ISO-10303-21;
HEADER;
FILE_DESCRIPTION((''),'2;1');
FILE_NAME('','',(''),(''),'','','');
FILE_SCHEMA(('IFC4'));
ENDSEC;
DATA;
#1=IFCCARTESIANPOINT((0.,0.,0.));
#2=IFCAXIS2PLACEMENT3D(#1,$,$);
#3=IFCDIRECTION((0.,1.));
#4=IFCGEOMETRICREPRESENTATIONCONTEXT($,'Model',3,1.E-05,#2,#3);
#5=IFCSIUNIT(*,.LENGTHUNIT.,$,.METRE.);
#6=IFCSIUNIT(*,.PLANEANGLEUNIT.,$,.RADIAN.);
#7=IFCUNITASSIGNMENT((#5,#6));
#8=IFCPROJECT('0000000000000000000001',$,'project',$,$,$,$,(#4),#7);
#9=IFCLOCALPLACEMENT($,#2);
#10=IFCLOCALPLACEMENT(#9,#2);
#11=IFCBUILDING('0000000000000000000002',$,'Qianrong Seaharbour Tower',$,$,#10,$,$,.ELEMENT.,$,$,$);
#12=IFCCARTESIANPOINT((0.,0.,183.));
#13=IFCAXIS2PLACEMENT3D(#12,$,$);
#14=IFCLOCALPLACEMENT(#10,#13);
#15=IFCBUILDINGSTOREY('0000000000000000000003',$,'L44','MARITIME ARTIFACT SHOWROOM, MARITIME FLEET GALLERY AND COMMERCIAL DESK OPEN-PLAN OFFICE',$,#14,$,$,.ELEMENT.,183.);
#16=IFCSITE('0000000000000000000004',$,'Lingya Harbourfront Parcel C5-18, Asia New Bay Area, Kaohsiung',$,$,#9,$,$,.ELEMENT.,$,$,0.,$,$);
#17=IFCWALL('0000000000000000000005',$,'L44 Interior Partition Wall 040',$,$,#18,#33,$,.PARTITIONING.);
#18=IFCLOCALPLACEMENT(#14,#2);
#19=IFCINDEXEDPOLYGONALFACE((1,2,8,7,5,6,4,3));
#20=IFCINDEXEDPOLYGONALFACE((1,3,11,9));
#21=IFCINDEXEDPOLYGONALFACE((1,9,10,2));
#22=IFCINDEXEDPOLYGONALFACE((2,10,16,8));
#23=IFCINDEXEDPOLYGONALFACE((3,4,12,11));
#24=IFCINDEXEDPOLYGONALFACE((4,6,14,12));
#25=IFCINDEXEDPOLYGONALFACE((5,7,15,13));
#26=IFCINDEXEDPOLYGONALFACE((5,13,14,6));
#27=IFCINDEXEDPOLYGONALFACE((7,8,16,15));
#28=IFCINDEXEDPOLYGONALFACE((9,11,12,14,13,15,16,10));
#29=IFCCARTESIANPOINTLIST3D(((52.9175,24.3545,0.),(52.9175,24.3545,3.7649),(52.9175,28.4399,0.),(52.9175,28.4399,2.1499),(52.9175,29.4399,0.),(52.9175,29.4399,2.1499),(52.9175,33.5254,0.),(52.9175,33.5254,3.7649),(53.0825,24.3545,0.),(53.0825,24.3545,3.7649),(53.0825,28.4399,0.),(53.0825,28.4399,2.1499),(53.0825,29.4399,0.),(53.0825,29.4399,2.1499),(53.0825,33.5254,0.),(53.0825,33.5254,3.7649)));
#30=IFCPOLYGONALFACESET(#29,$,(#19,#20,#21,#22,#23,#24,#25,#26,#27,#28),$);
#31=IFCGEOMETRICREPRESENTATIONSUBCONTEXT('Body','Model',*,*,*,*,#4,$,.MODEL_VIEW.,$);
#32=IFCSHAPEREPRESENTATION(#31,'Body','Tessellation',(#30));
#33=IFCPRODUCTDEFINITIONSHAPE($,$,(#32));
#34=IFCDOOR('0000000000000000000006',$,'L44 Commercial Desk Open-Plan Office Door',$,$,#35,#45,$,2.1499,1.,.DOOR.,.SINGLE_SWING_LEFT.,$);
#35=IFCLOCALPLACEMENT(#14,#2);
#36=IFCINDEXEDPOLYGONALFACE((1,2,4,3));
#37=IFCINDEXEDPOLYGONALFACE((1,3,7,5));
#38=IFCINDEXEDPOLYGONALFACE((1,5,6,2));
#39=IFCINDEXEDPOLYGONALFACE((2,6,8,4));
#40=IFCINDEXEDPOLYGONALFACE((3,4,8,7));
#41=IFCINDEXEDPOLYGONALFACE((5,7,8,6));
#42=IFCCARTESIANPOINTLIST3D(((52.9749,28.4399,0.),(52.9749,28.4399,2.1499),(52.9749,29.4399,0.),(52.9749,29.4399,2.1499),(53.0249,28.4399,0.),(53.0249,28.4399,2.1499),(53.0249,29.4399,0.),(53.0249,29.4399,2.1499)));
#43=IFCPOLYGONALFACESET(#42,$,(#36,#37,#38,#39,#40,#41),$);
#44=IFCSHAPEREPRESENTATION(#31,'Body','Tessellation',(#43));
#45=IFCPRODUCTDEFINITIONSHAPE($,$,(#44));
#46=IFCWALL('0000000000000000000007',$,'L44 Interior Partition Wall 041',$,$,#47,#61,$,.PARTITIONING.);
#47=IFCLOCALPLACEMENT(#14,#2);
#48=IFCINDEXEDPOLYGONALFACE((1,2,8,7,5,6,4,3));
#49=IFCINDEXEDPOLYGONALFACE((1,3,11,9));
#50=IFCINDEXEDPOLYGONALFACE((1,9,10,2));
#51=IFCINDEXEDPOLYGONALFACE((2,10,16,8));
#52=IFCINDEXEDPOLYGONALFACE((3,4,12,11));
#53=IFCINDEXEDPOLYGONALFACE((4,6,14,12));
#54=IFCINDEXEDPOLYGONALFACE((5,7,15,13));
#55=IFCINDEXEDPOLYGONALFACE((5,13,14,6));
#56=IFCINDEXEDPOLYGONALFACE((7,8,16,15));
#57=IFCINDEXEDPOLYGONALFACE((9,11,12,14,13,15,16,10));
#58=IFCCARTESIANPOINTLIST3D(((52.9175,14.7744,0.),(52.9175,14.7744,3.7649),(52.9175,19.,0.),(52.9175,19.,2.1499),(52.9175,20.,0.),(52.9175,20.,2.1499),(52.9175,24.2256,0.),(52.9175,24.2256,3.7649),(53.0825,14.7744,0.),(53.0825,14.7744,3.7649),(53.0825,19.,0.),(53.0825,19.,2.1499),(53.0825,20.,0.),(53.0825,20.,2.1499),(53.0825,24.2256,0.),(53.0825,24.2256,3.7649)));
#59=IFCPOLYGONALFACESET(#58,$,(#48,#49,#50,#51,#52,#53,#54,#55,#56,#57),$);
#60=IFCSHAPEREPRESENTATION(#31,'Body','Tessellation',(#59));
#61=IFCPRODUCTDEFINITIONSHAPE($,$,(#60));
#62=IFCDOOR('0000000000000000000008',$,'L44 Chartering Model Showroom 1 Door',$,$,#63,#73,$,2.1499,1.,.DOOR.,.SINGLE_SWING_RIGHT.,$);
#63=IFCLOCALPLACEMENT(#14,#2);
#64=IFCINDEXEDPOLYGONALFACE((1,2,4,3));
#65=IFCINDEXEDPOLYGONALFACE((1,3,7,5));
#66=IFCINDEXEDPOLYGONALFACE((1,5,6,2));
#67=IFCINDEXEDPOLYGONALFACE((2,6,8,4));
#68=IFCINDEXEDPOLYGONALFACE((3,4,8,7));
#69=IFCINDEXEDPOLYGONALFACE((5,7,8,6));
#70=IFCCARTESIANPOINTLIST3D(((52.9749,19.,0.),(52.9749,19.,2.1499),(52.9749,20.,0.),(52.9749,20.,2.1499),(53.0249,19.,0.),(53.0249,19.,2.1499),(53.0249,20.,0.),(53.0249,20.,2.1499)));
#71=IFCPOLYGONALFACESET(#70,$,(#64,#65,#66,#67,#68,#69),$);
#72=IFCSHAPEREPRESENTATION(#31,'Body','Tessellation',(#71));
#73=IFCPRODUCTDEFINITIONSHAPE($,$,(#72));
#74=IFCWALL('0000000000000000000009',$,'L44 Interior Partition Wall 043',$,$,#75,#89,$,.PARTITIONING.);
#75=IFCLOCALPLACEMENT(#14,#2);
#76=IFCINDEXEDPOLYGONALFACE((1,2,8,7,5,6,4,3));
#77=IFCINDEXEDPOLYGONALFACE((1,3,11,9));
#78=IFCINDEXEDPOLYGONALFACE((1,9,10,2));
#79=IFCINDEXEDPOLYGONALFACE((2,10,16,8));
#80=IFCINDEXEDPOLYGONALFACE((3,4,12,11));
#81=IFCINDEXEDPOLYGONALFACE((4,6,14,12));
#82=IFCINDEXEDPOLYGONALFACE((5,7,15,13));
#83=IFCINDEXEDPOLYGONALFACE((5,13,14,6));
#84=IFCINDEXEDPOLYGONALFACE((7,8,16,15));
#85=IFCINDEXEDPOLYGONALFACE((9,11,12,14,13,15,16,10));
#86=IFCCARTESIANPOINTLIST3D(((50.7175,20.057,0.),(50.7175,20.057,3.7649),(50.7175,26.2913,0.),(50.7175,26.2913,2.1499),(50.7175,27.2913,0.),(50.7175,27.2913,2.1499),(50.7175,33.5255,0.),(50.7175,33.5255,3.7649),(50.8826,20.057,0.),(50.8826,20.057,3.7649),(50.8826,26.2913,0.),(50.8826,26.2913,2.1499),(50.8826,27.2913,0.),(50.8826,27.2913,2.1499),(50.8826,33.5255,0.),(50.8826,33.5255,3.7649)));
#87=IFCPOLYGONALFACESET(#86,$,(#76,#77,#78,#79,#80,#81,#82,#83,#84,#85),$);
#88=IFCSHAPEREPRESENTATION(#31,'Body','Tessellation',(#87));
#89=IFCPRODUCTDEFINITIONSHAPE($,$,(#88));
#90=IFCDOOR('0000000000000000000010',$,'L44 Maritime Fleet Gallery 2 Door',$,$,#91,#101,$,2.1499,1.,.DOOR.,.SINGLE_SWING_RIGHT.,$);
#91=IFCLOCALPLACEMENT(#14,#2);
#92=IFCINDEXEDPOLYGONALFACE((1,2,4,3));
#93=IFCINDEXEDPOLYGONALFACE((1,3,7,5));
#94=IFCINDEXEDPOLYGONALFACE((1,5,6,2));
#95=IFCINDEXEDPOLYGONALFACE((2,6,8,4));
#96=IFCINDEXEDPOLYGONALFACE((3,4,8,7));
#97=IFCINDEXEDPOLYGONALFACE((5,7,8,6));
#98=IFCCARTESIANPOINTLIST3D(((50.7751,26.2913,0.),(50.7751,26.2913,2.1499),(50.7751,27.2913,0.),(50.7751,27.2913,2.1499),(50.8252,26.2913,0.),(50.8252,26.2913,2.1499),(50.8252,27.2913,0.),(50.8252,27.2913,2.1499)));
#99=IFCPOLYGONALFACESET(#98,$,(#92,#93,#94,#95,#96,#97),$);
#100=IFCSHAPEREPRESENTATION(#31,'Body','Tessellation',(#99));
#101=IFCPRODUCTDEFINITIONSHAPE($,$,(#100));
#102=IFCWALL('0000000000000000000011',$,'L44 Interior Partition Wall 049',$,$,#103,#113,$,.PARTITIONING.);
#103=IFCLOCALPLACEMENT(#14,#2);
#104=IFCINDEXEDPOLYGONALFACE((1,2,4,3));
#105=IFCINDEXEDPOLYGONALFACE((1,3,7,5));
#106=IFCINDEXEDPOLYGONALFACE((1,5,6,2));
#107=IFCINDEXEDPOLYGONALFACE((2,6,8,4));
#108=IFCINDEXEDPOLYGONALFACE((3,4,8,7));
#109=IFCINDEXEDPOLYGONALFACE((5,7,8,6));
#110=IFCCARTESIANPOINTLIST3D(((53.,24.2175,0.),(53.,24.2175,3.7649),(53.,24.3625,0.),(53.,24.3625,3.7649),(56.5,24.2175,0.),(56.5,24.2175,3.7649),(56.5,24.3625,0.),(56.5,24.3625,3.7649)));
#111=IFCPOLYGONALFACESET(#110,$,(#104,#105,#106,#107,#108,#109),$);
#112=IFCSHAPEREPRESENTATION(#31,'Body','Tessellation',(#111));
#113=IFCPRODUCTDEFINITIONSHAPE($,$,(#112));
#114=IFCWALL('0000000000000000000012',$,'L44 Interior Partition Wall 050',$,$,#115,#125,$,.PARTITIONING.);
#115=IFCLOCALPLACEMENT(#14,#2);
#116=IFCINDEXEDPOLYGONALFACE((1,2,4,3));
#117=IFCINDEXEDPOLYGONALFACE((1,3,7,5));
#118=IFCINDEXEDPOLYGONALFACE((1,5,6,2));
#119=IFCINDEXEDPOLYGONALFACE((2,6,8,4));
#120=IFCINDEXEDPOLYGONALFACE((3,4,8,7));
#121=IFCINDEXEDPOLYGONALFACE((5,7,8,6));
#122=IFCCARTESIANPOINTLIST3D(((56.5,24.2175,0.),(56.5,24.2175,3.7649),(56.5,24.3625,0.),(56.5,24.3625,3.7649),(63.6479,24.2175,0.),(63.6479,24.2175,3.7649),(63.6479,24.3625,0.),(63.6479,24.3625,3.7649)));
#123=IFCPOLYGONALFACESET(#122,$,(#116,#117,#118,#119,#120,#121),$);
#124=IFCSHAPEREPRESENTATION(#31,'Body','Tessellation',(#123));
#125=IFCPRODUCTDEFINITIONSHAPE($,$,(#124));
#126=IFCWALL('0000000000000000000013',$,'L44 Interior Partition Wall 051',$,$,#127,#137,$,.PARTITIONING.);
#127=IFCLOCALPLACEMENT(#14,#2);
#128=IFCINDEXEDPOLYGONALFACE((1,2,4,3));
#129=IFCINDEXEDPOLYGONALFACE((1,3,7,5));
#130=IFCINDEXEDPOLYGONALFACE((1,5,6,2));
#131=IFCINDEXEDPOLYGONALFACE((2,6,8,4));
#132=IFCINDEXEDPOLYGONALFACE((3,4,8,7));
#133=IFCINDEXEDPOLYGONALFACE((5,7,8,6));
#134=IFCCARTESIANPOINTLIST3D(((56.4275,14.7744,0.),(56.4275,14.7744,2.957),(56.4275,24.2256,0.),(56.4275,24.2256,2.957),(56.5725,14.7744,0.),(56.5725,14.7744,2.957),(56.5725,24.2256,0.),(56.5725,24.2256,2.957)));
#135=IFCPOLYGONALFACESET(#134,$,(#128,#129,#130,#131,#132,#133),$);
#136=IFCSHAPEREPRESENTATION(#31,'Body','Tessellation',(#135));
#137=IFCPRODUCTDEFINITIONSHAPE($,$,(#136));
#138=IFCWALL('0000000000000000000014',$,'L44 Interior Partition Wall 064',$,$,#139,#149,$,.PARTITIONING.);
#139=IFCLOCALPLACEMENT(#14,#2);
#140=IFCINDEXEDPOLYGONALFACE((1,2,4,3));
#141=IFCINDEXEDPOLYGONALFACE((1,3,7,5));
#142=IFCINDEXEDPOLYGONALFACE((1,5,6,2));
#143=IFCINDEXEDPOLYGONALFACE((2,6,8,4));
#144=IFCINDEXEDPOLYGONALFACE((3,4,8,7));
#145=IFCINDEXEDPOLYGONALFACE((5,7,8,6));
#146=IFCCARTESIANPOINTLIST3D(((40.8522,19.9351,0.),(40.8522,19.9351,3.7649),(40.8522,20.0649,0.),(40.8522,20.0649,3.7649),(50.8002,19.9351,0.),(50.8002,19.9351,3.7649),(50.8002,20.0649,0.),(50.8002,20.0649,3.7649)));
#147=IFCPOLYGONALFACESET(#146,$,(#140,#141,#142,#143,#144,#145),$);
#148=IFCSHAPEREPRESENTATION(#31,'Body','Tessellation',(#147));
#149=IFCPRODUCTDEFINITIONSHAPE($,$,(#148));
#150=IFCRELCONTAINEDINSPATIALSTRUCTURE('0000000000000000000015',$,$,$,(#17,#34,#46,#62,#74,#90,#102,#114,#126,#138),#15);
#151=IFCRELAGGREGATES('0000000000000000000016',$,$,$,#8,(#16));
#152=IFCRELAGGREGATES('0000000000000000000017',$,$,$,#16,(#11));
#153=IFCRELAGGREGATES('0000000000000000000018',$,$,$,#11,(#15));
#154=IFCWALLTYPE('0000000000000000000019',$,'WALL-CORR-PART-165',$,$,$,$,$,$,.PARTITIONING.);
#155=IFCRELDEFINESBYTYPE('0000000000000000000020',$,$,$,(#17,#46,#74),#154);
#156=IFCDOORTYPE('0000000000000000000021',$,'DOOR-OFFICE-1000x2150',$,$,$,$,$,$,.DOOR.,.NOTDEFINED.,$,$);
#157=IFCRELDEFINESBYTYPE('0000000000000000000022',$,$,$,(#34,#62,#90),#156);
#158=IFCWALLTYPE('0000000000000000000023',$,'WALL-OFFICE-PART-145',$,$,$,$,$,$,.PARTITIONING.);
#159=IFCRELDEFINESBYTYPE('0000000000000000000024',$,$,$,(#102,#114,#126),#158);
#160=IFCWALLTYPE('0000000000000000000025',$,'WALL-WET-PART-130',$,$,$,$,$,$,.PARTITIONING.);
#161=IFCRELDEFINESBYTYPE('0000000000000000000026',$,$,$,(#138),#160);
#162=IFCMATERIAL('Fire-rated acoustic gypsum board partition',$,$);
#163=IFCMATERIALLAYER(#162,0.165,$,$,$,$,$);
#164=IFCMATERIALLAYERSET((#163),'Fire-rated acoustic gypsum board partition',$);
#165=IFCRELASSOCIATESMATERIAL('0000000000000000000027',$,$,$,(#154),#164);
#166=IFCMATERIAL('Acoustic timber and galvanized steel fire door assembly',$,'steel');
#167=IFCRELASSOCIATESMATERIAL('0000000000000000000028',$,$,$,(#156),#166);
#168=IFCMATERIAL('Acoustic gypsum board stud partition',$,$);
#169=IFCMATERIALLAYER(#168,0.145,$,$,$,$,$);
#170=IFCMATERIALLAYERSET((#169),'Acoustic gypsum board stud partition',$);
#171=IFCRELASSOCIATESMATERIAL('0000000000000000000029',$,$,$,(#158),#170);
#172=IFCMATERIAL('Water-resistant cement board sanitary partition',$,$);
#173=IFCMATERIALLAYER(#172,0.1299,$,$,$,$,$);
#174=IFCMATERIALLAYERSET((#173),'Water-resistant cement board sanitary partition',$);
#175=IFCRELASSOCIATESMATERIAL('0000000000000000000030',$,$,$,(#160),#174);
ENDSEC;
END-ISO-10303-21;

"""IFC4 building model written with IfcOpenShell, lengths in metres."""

from ifc_helpers import new_model, si_unit, direction, frame, frame_2d, origin, place, context, subcontext, project, spatial, rectangle, extrude, material, layer, layer_set, type_object, element, fill, save


model = new_model("IFC4")

# Units and contexts
model_context = context("Model", 3, precision=1e-05, world=origin(), true_north=direction((0.0, 1.0)))
body_context = subcontext(model_context, "Body", "Model", "MODEL_VIEW")
ifc_project = project(units=[si_unit("LENGTHUNIT", "METRE"), si_unit("PLANEANGLEUNIT", "RADIAN")], contexts=[model_context])

# Site, building, storey
site_placement = place(None, origin())
site = spatial("IfcSite", under=ifc_project, at=site_placement, Name="Lingya Harbourfront Parcel C5-18, Asia New Bay Area, Kaohsiung", CompositionType="ELEMENT", RefElevation=0.0)
building_placement = place(site_placement, origin())
building = spatial("IfcBuilding", under=site, at=building_placement, Name="Qianrong Seaharbour Tower", CompositionType="ELEMENT")
storey_placement = place(building_placement, frame((0.0, 0.0, 183.0)))
storey = spatial("IfcBuildingStorey", under=building, at=storey_placement, Name="L44", Description="MARITIME ARTIFACT SHOWROOM, MARITIME FLEET GALLERY AND COMMERCIAL DESK OPEN-PLAN OFFICE", CompositionType="ELEMENT", Elevation=183.0)

# Shared definitions
ifc_material_1 = material(Name="Fire-rated acoustic gypsum board partition")
ifc_layer_1 = layer(ifc_material_1, 0.165)
ifc_layer_set_1 = layer_set([ifc_layer_1], Name="Fire-rated acoustic gypsum board partition")
wall_type_1 = type_object("IfcWallType", Name="WALL-CORR-PART-165", PredefinedType="PARTITIONING", material=ifc_layer_set_1)

# Walls, openings, doors
wall_1_placement = place(storey_placement, frame((53.0, 33.5254, 0.0), z_axis=(0.0, 0.0, 1.0), x_axis=(0.0, -1.0, 0.0)))
wall_1 = element("IfcWall", 1, at=wall_1_placement, inside=storey, type_object=wall_type_1, Name="L44 Interior Partition Wall 040", PredefinedType="PARTITIONING", context=body_context, shape_type="SweptSolid", body=[
    extrude(rectangle(XDim=9.1709, YDim=0.165, at=frame_2d((4.5854, 0.0))), origin(), (0.0, 0.0, 1.0), 3.7649),
])
opening_1_placement = place(wall_1_placement, frame((4.0854, 0.0, 0.0)))
opening_1 = element("IfcOpeningElement", 2, at=opening_1_placement, cuts=wall_1, PredefinedType="OPENING", context=body_context, shape_type="SweptSolid", body=[
    extrude(rectangle(XDim=1.0, YDim=2.1499, at=frame_2d((0.5, 1.075))), frame((0.0, 0.0925, 0.0), z_axis=(0.0, -1.0, 0.0), x_axis=(1.0, 0.0, 0.0)), (0.0, 0.0, 1.0), 0.1851),
])
ifc_material_2 = material(Name="Acoustic timber and galvanized steel fire door assembly", Category="steel")
door_type = type_object("IfcDoorType", Name="DOOR-OFFICE-1000x2150", OperationType="NOTDEFINED", PredefinedType="DOOR", material=ifc_material_2)
door_1_placement = place(opening_1_placement, origin())
door_1 = element("IfcDoor", 3, at=door_1_placement, inside=storey, type_object=door_type, Name="L44 Commercial Desk Open-Plan Office Door", OperationType="SINGLE_SWING_LEFT", OverallHeight=2.1499, OverallWidth=1.0, PredefinedType="DOOR", context=body_context, shape_type="SweptSolid", body=[
    extrude(rectangle(XDim=1.0, YDim=2.1499, at=frame_2d((0.5, 1.075))), frame((0.0, 0.0249, 0.0), z_axis=(0.0, -1.0, 0.0), x_axis=(1.0, 0.0, 0.0)), (0.0, 0.0, 1.0), 0.05),
])
fill(opening_1, door_1)
wall_2_placement = place(storey_placement, frame((53.0, 24.2256, 0.0), z_axis=(0.0, 0.0, 1.0), x_axis=(0.0, -1.0, 0.0)))
wall_2 = element("IfcWall", 4, at=wall_2_placement, inside=storey, type_object=wall_type_1, Name="L44 Interior Partition Wall 041", PredefinedType="PARTITIONING", context=body_context, shape_type="SweptSolid", body=[
    extrude(rectangle(XDim=9.4512, YDim=0.165, at=frame_2d((4.7256, 0.0))), origin(), (0.0, 0.0, 1.0), 3.7649),
])
opening_2_placement = place(wall_2_placement, frame((4.2256, 0.0, 0.0)))
opening_2 = element("IfcOpeningElement", 5, at=opening_2_placement, cuts=wall_2, PredefinedType="OPENING", context=body_context, shape_type="SweptSolid", body=[
    extrude(rectangle(XDim=1.0, YDim=2.1499, at=frame_2d((0.5, 1.075))), frame((0.0, 0.0925, 0.0), z_axis=(0.0, -1.0, 0.0), x_axis=(1.0, 0.0, 0.0)), (0.0, 0.0, 1.0), 0.1851),
])
door_2_placement = place(opening_2_placement, origin())
door_2 = element("IfcDoor", 6, at=door_2_placement, inside=storey, type_object=door_type, Name="L44 Chartering Model Showroom 1 Door", OperationType="SINGLE_SWING_RIGHT", OverallHeight=2.1499, OverallWidth=1.0, PredefinedType="DOOR", context=body_context, shape_type="SweptSolid", body=[
    extrude(rectangle(XDim=1.0, YDim=2.1499, at=frame_2d((0.5, 1.075))), frame((0.0, 0.0249, 0.0), z_axis=(0.0, -1.0, 0.0), x_axis=(1.0, 0.0, 0.0)), (0.0, 0.0, 1.0), 0.05),
])
fill(opening_2, door_2)
wall_3_placement = place(storey_placement, frame((50.8, 20.0569, 0.0), z_axis=(0.0, 0.0, 1.0), x_axis=(0.0, 1.0, 0.0)))
wall_3 = element("IfcWall", 7, at=wall_3_placement, inside=storey, type_object=wall_type_1, Name="L44 Interior Partition Wall 043", PredefinedType="PARTITIONING", context=body_context, shape_type="SweptSolid", body=[
    extrude(rectangle(XDim=13.4685, YDim=0.165, at=frame_2d((6.7344, 0.0))), origin(), (0.0, 0.0, 1.0), 3.7649),
])
opening_3_placement = place(wall_3_placement, frame((6.2344, 0.0, 0.0)))
opening_3 = element("IfcOpeningElement", 8, at=opening_3_placement, cuts=wall_3, PredefinedType="OPENING", context=body_context, shape_type="SweptSolid", body=[
    extrude(rectangle(XDim=1.0, YDim=2.1499, at=frame_2d((0.5, 1.075))), frame((0.0, 0.0925, 0.0), z_axis=(0.0, -1.0, 0.0), x_axis=(1.0, 0.0, 0.0)), (0.0, 0.0, 1.0), 0.1851),
])
door_3_placement = place(opening_3_placement, origin())
door_3 = element("IfcDoor", 9, at=door_3_placement, inside=storey, type_object=door_type, Name="L44 Maritime Fleet Gallery 2 Door", OperationType="SINGLE_SWING_RIGHT", OverallHeight=2.1499, OverallWidth=1.0, PredefinedType="DOOR", context=body_context, shape_type="SweptSolid", body=[
    extrude(rectangle(XDim=1.0, YDim=2.1499, at=frame_2d((0.5, 1.075))), frame((0.0, 0.0249, 0.0), z_axis=(0.0, -1.0, 0.0), x_axis=(1.0, 0.0, 0.0)), (0.0, 0.0, 1.0), 0.05),
])
fill(opening_3, door_3)

# Walls
ifc_material_3 = material(Name="Acoustic gypsum board stud partition")
ifc_layer_2 = layer(ifc_material_3, 0.145)
ifc_layer_set_2 = layer_set([ifc_layer_2], Name="Acoustic gypsum board stud partition")
wall_type_2 = type_object("IfcWallType", Name="WALL-OFFICE-PART-145", PredefinedType="PARTITIONING", material=ifc_layer_set_2)
wall_4_placement = place(storey_placement, frame((56.5, 24.29, 0.0), z_axis=(0.0, 0.0, 1.0), x_axis=(-1.0, 0.0, 0.0)))
element("IfcWall", 10, at=wall_4_placement, inside=storey, type_object=wall_type_2, Name="L44 Interior Partition Wall 049", PredefinedType="PARTITIONING", context=body_context, shape_type="SweptSolid", body=[
    extrude(rectangle(XDim=3.5, YDim=0.145, at=frame_2d((1.75, 0.0))), origin(), (0.0, 0.0, 1.0), 3.7649),
])
wall_5_placement = place(storey_placement, frame((63.6479, 24.29, 0.0), z_axis=(0.0, 0.0, 1.0), x_axis=(-1.0, 0.0, 0.0)))
element("IfcWall", 11, at=wall_5_placement, inside=storey, type_object=wall_type_2, Name="L44 Interior Partition Wall 050", PredefinedType="PARTITIONING", context=body_context, shape_type="SweptSolid", body=[
    extrude(rectangle(XDim=7.1479, YDim=0.145, at=frame_2d((3.574, 0.0))), origin(), (0.0, 0.0, 1.0), 3.7649),
])
wall_6_placement = place(storey_placement, frame((56.5, 24.2256, 0.0), z_axis=(0.0, 0.0, 1.0), x_axis=(0.0, -1.0, 0.0)))
element("IfcWall", 12, at=wall_6_placement, inside=storey, type_object=wall_type_2, Name="L44 Interior Partition Wall 051", PredefinedType="PARTITIONING", context=body_context, shape_type="SweptSolid", body=[
    extrude(rectangle(XDim=9.4512, YDim=0.145, at=frame_2d((4.7256, 0.0))), origin(), (0.0, 0.0, 1.0), 2.957),
])
ifc_material_4 = material(Name="Water-resistant cement board sanitary partition")
ifc_layer_3 = layer(ifc_material_4, 0.1299)
ifc_layer_set_3 = layer_set([ifc_layer_3], Name="Water-resistant cement board sanitary partition")
wall_type_3 = type_object("IfcWallType", Name="WALL-WET-PART-130", PredefinedType="PARTITIONING", material=ifc_layer_set_3)
wall_7_placement = place(storey_placement, frame((40.8521, 20.0, 0.0), z_axis=(0.0, 0.0, 1.0), x_axis=(1.0, 0.0, 0.0)))
element("IfcWall", 13, at=wall_7_placement, inside=storey, type_object=wall_type_3, Name="L44 Interior Partition Wall 064", PredefinedType="PARTITIONING", context=body_context, shape_type="SweptSolid", body=[
    extrude(rectangle(XDim=9.948, YDim=0.1299, at=frame_2d((4.9741, 0.0))), origin(), (0.0, 0.0, 1.0), 3.7649),
])

save(model, "model.ifc")
